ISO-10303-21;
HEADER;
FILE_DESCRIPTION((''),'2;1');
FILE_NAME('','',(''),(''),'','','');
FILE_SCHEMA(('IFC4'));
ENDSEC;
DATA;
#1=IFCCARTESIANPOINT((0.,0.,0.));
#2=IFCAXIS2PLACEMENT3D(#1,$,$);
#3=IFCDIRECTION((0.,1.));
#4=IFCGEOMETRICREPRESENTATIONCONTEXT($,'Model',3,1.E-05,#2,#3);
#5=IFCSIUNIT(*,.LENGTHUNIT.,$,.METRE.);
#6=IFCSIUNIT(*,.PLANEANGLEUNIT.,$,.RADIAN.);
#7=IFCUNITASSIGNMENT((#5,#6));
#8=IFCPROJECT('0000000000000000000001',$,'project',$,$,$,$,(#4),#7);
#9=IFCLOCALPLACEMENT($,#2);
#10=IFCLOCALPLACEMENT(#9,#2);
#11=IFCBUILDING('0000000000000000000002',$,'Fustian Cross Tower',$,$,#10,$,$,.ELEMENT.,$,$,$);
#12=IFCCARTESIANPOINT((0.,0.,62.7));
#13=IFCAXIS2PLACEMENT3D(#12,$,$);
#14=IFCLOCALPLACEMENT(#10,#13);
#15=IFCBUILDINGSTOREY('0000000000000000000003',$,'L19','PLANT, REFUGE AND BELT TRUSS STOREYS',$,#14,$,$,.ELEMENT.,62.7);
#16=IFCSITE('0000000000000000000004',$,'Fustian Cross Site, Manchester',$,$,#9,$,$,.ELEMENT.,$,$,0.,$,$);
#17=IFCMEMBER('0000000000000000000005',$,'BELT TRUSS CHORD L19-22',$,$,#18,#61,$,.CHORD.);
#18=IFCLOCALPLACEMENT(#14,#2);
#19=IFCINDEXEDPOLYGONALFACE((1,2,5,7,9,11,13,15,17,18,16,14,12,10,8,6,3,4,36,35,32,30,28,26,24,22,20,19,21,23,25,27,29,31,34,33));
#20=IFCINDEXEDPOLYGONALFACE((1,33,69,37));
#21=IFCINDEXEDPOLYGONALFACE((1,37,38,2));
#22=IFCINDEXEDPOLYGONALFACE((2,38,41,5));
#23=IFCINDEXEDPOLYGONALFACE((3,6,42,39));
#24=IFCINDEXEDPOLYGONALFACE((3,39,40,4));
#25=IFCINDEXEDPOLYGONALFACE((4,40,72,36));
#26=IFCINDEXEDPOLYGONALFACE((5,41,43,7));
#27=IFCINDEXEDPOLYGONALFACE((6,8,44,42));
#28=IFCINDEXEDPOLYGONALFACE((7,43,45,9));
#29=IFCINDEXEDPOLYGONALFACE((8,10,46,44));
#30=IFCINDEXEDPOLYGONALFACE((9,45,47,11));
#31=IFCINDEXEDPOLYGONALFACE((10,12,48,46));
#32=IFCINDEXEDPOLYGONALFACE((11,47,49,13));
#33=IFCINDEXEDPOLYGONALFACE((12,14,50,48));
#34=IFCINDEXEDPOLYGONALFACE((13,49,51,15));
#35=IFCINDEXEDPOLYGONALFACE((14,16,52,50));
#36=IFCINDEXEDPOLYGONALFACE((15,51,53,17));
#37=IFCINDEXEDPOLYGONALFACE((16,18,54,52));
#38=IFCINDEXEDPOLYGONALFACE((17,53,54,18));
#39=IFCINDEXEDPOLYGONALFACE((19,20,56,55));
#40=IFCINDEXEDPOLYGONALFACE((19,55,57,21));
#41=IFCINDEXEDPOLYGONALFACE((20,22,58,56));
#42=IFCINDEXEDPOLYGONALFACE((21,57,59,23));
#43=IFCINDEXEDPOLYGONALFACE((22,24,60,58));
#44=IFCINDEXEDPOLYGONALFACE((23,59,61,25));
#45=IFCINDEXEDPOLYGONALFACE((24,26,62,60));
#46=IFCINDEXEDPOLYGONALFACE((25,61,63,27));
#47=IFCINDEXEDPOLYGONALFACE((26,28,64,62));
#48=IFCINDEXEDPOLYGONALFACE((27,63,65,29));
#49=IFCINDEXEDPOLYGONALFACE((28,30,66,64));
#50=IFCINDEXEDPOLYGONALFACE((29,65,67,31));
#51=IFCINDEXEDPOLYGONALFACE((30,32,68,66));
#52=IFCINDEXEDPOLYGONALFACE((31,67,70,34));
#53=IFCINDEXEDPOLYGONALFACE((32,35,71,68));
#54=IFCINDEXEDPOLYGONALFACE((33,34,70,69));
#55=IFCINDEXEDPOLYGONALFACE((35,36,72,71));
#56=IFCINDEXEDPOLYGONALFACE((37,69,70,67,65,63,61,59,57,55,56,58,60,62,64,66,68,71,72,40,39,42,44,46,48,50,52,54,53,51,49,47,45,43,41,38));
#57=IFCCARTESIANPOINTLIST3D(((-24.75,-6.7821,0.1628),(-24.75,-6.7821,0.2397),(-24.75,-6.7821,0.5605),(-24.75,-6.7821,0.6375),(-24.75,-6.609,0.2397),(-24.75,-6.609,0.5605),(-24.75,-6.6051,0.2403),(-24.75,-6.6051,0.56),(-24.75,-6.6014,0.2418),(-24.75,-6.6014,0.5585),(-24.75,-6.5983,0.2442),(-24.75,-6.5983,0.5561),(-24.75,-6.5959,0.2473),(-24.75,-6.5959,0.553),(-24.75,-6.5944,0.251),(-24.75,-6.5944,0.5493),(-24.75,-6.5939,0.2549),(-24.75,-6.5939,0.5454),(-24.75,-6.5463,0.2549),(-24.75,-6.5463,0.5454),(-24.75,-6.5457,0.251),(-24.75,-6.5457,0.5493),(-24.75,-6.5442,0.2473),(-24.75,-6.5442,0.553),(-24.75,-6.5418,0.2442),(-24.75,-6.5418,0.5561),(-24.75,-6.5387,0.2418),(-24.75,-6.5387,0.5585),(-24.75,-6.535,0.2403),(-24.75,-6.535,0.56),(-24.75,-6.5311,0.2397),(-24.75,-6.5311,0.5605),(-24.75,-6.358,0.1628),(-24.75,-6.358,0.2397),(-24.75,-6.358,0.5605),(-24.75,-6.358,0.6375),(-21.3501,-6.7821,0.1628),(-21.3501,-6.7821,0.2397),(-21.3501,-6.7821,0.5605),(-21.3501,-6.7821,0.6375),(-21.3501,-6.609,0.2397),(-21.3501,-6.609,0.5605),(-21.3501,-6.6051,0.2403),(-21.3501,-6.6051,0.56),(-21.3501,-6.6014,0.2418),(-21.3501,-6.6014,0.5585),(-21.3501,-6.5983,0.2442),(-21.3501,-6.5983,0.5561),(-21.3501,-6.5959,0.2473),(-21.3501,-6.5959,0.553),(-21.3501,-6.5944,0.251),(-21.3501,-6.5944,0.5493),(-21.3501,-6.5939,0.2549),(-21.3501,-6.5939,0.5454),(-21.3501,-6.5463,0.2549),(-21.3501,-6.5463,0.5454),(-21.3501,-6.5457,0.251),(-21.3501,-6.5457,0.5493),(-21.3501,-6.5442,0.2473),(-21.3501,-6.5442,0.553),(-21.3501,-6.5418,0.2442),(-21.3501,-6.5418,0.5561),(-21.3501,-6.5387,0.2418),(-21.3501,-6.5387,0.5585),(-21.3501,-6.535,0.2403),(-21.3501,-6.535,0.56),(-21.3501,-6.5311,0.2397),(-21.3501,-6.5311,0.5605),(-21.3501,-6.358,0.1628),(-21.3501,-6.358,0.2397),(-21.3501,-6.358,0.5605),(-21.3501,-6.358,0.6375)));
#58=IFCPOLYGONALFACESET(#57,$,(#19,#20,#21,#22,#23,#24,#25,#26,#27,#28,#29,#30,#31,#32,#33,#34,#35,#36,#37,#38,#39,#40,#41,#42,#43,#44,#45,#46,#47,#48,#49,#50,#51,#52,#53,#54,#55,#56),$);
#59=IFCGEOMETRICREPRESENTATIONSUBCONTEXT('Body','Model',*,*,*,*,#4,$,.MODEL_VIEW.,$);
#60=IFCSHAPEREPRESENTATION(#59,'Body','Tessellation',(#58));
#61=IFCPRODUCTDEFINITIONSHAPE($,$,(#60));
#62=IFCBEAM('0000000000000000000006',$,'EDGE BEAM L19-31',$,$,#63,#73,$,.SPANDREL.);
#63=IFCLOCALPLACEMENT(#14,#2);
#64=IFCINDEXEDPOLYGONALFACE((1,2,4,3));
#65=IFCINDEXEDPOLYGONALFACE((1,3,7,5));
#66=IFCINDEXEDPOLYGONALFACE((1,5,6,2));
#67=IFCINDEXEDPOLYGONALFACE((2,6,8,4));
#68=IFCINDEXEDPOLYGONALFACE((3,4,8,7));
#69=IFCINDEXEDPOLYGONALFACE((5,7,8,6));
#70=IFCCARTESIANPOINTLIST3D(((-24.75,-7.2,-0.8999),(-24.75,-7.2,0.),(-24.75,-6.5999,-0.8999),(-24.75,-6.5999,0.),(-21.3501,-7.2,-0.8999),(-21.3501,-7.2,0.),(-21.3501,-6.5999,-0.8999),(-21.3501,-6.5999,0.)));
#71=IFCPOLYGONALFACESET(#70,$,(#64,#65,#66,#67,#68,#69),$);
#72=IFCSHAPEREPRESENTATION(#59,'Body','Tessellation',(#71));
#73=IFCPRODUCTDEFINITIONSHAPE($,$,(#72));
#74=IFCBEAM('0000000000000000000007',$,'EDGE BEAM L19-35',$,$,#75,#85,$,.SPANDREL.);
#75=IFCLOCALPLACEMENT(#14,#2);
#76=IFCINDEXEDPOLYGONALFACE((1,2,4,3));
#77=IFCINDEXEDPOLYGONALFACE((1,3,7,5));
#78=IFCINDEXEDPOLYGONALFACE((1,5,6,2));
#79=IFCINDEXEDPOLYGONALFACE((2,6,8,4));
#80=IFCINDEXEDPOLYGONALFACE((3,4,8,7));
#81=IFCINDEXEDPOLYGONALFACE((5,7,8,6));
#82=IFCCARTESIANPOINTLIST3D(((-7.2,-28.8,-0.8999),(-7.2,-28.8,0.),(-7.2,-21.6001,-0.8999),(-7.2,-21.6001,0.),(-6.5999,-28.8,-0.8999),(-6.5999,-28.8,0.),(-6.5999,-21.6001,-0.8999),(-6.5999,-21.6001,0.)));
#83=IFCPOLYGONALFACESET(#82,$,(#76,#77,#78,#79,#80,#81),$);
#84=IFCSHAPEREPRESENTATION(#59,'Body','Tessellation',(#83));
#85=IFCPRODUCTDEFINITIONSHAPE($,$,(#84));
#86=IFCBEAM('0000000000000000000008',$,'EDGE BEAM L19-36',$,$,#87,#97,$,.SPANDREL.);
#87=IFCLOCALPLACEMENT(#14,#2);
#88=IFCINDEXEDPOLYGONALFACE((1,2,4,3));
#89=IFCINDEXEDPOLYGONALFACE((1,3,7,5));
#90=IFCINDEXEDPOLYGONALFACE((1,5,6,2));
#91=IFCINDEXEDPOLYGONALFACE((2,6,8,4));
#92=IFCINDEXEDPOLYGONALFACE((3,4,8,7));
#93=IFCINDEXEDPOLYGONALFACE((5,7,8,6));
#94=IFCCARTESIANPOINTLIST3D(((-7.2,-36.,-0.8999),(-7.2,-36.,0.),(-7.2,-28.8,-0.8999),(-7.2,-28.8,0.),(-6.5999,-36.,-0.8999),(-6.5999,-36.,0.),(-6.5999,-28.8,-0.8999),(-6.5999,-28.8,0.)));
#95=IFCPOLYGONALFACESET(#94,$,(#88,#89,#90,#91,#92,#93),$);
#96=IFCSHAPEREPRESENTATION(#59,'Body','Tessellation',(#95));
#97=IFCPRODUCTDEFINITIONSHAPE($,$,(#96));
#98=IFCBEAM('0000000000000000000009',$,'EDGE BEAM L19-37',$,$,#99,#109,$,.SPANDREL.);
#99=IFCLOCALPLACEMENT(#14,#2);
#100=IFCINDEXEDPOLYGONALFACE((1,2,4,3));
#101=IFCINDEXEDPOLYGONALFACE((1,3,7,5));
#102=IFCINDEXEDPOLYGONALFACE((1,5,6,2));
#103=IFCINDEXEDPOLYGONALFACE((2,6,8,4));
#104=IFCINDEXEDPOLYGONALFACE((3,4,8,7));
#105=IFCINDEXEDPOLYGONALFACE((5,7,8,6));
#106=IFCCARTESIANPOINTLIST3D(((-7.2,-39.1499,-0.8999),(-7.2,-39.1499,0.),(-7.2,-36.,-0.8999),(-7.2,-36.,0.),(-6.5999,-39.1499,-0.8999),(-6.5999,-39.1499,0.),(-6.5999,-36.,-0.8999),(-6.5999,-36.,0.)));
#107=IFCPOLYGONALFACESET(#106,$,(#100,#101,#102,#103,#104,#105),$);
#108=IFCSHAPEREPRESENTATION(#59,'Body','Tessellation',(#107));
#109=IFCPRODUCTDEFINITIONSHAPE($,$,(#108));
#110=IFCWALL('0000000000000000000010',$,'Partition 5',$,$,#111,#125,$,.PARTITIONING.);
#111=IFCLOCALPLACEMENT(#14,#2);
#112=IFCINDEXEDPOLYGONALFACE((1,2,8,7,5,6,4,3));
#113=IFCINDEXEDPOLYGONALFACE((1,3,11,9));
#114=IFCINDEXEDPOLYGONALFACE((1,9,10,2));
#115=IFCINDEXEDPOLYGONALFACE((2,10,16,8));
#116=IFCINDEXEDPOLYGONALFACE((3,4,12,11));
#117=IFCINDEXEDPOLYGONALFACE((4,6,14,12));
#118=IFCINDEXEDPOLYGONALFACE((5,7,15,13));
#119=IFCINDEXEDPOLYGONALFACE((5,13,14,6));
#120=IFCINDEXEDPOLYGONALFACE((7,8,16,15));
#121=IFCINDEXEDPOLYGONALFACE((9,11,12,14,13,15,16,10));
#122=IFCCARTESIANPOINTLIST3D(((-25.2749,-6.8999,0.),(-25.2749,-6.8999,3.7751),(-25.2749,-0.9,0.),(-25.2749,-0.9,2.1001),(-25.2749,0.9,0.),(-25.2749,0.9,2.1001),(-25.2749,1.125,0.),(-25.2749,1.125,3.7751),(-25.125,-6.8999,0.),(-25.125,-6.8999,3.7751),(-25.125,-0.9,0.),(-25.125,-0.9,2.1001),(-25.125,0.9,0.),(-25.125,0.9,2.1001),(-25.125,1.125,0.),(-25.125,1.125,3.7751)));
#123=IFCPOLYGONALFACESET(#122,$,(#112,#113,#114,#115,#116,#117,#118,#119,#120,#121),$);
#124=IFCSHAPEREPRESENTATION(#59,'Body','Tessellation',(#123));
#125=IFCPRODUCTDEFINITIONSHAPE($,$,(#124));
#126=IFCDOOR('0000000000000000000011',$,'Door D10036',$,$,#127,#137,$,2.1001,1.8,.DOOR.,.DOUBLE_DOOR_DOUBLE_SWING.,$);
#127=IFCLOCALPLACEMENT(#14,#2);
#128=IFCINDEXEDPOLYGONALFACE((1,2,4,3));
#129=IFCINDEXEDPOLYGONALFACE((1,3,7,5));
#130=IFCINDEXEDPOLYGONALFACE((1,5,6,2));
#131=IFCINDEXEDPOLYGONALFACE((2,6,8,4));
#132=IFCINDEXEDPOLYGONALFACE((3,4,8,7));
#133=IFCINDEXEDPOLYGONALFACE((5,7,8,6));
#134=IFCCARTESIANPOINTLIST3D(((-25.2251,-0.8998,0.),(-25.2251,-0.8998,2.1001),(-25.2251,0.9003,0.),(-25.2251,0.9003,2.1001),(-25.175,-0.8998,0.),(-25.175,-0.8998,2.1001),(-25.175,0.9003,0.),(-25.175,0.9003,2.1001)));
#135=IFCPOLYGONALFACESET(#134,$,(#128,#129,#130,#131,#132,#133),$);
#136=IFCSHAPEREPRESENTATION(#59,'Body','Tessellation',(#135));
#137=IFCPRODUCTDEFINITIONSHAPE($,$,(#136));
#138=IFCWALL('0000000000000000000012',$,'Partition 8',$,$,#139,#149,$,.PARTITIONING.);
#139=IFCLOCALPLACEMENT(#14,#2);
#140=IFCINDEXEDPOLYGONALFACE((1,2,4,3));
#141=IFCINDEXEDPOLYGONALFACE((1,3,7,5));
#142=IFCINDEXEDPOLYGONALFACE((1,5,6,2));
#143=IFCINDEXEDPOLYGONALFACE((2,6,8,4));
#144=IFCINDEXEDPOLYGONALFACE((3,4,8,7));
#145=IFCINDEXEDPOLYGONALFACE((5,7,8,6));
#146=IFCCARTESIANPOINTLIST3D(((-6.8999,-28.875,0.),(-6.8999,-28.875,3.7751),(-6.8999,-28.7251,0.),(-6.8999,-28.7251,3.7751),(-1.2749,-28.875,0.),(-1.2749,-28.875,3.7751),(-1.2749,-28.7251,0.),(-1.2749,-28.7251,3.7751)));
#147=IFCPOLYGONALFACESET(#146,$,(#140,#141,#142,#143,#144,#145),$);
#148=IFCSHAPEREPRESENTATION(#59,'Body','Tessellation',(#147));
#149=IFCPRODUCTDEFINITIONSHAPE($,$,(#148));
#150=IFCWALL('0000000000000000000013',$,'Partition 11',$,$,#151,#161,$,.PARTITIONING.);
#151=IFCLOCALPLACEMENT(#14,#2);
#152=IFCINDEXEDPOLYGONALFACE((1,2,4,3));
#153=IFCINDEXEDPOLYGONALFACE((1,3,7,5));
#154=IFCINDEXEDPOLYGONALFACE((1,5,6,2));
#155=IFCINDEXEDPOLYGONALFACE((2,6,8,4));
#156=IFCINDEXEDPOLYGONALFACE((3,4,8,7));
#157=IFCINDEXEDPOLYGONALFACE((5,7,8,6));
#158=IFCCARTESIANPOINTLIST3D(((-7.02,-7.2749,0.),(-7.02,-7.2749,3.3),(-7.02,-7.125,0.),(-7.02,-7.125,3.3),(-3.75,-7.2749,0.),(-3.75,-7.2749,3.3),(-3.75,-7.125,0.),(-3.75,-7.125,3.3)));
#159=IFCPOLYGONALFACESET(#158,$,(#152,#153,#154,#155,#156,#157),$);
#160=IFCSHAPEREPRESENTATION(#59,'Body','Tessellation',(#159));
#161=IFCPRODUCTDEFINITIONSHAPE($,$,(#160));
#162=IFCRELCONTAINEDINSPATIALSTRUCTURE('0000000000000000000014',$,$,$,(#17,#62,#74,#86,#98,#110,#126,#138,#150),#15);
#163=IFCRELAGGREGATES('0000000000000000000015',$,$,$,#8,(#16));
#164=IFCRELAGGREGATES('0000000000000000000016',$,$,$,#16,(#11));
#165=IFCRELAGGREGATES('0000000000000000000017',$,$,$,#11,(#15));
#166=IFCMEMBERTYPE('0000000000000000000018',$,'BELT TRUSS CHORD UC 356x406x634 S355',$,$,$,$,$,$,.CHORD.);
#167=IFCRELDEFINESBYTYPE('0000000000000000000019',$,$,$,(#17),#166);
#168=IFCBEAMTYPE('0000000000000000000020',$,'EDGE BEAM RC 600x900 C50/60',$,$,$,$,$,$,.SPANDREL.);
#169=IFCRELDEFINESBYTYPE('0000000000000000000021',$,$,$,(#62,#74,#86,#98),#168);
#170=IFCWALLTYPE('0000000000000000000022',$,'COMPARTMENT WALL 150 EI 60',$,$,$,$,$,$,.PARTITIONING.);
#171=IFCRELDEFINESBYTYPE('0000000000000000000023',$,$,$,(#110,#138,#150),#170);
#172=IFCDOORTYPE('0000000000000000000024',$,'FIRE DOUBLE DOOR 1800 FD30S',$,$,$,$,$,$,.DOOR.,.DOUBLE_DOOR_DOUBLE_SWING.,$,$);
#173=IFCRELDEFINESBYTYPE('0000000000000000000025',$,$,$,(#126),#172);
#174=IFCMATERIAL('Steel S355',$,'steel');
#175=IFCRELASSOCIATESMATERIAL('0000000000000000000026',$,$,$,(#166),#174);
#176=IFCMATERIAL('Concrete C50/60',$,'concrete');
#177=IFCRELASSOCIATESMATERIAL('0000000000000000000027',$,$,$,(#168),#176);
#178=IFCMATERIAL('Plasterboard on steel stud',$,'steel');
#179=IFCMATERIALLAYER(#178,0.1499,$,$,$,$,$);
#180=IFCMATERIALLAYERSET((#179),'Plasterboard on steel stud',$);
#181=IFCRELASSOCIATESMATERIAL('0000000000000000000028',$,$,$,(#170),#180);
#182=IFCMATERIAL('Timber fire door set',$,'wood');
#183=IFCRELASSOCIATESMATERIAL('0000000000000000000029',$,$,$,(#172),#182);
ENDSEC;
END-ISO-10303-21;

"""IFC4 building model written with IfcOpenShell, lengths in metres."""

from ifc_helpers import new_model, si_unit, direction, frame, frame_2d, origin, origin_2d, place, context, subcontext, project, spatial, rectangle, i_section, extrude, material, layer, layer_set, material_profile, profile_set, type_object, element, fill, save


model = new_model("IFC4")

# Units and contexts
model_context = context("Model", 3, precision=1e-05, world=origin(), true_north=direction((0.0, 1.0)))
body_context = subcontext(model_context, "Body", "Model", "MODEL_VIEW")
ifc_project = project(units=[si_unit("LENGTHUNIT", "METRE"), si_unit("PLANEANGLEUNIT", "RADIAN")], contexts=[model_context])

# Site, building, storey
site_placement = place(None, origin())
site = spatial("IfcSite", under=ifc_project, at=site_placement, Name="Fustian Cross Site, Manchester", CompositionType="ELEMENT", RefElevation=0.0)
building_placement = place(site_placement, origin())
building = spatial("IfcBuilding", under=site, at=building_placement, Name="Fustian Cross Tower", CompositionType="ELEMENT")
storey_placement = place(building_placement, frame((0.0, 0.0, 62.7)))
storey = spatial("IfcBuildingStorey", under=building, at=storey_placement, Name="L19", Description="PLANT, REFUGE AND BELT TRUSS STOREYS", CompositionType="ELEMENT", Elevation=62.7)

# Member
ifc_material_1 = material(Name="Steel S355", Category="steel")
ifc_material_profile_1 = material_profile(ifc_material_1, i_section(OverallWidth=0.4241, OverallDepth=0.4746, WebThickness=0.0476, FlangeThickness=0.0769, FilletRadius=0.0151, at=origin_2d()), Name="UC 356x406x634")
ifc_profile_set_1 = profile_set([ifc_material_profile_1], Name="Steel S355")
member_type_1 = type_object("IfcMemberType", Name="BELT TRUSS CHORD UC 356x406x634 S355", PredefinedType="CHORD", material=ifc_profile_set_1)
for number, where, z_axis, x_axis, name in (
    (1, (-24.75, -6.5701, 0.4001), (1.0, 0.0, 0.0), (0.0, 1.0, 0.0), "BELT TRUSS CHORD L19-22"),
):
    element("IfcMember", number, at=place(storey_placement, frame(where, z_axis=z_axis, x_axis=x_axis)), inside=storey, type_object=member_type_1, Name=name, PredefinedType="CHORD", context=body_context, shape_type="SweptSolid", body=[
        extrude(i_section(OverallWidth=0.4241, OverallDepth=0.4746, WebThickness=0.0476, FlangeThickness=0.0769, FilletRadius=0.0151, at=origin_2d()), origin(), (0.0, 0.0, 1.0), 3.3999),
    ])

# Beams
ifc_material_2 = material(Name="Concrete C50/60", Category="concrete")
ifc_material_profile_2 = material_profile(ifc_material_2, rectangle(XDim=0.6001, YDim=0.8999, at=origin_2d()), Name="RC 600x900")
ifc_profile_set_2 = profile_set([ifc_material_profile_2], Name="Concrete C50/60")
beam_type = type_object("IfcBeamType", Name="EDGE BEAM RC 600x900 C50/60", PredefinedType="SPANDREL", material=ifc_profile_set_2)
beam_1_placement = place(storey_placement, frame((-24.75, -6.8999, -0.45), z_axis=(1.0, 0.0, 0.0), x_axis=(0.0, 1.0, 0.0)))
element("IfcBeam", 2, at=beam_1_placement, inside=storey, type_object=beam_type, Name="EDGE BEAM L19-31", PredefinedType="SPANDREL", context=body_context, shape_type="SweptSolid", body=[
    extrude(rectangle(XDim=0.6001, YDim=0.8999, at=origin_2d()), origin(), (0.0, 0.0, 1.0), 3.3999),
])
for number, where, z_axis, x_axis, name in (
    (3, (-6.8999, -21.6001, -0.45), (0.0, -1.0, 0.0), (1.0, 0.0, 0.0), "EDGE BEAM L19-35"),
    (4, (-6.8999, -28.8, -0.45), (0.0, -1.0, 0.0), (1.0, 0.0, 0.0), "EDGE BEAM L19-36"),
):
    element("IfcBeam", number, at=place(storey_placement, frame(where, z_axis=z_axis, x_axis=x_axis)), inside=storey, type_object=beam_type, Name=name, PredefinedType="SPANDREL", context=body_context, shape_type="SweptSolid", body=[
        extrude(rectangle(XDim=0.6001, YDim=0.8999, at=origin_2d()), origin(), (0.0, 0.0, 1.0), 7.2),
    ])
beam_2_placement = place(storey_placement, frame((-6.8999, -36.0, -0.45), z_axis=(0.0, -1.0, 0.0), x_axis=(1.0, 0.0, 0.0)))
element("IfcBeam", 5, at=beam_2_placement, inside=storey, type_object=beam_type, Name="EDGE BEAM L19-37", PredefinedType="SPANDREL", context=body_context, shape_type="SweptSolid", body=[
    extrude(rectangle(XDim=0.6001, YDim=0.8999, at=origin_2d()), origin(), (0.0, 0.0, 1.0), 3.1499),
])

# Wall, opening, door
ifc_material_3 = material(Name="Plasterboard on steel stud", Category="steel")
ifc_layer_1 = layer(ifc_material_3, 0.1499)
ifc_layer_set_1 = layer_set([ifc_layer_1], Name="Plasterboard on steel stud")
wall_type_1 = type_object("IfcWallType", Name="COMPARTMENT WALL 150 EI 60", PredefinedType="PARTITIONING", material=ifc_layer_set_1)
wall_1_placement = place(storey_placement, frame((-25.2, -6.8999, 0.0), z_axis=(0.0, 0.0, 1.0), x_axis=(0.0, 1.0, 0.0)))
wall_1 = element("IfcWall", 6, at=wall_1_placement, inside=storey, type_object=wall_type_1, Name="Partition 5", PredefinedType="PARTITIONING", context=body_context, shape_type="SweptSolid", body=[
    extrude(rectangle(XDim=8.0249, YDim=0.1499, at=frame_2d((4.0125, 0.0))), origin(), (0.0, 0.0, 1.0), 3.7751),
])
opening_1_placement = place(wall_1_placement, frame((6.0, 0.0, 0.0)))
opening_1 = element("IfcOpeningElement", 7, at=opening_1_placement, cuts=wall_1, PredefinedType="OPENING", context=body_context, shape_type="SweptSolid", body=[
    extrude(rectangle(XDim=1.8, YDim=2.1001, at=frame_2d((0.8999, 1.05))), frame((0.0, 0.085, 0.0), z_axis=(0.0, -1.0, 0.0), x_axis=(1.0, 0.0, 0.0)), (0.0, 0.0, 1.0), 0.1699),
])
ifc_material_4 = material(Name="Timber fire door set", Category="wood")
door_type_1 = type_object("IfcDoorType", Name="FIRE DOUBLE DOOR 1800 FD30S", OperationType="DOUBLE_DOOR_DOUBLE_SWING", PredefinedType="DOOR", material=ifc_material_4)
door_1_placement = place(opening_1_placement, frame((1.8, 0.0, 0.0), z_axis=(0.0, 0.0, 1.0), x_axis=(-1.0, 0.0, 0.0)))
door_1 = element("IfcDoor", 8, at=door_1_placement, inside=storey, type_object=door_type_1, Name="Door D10036", OperationType="DOUBLE_DOOR_DOUBLE_SWING", OverallHeight=2.1001, OverallWidth=1.8, PredefinedType="DOOR", context=body_context, shape_type="SweptSolid", body=[
    extrude(rectangle(XDim=1.8, YDim=2.1001, at=frame_2d((0.8999, 1.05))), frame((0.0, 0.0249, 0.0), z_axis=(0.0, -1.0, 0.0), x_axis=(1.0, 0.0, 0.0)), (0.0, 0.0, 1.0), 0.05),
])
fill(opening_1, door_1)

# Walls
wall_2_placement = place(storey_placement, frame((-6.8999, -28.8, 0.0), z_axis=(0.0, 0.0, 1.0), x_axis=(1.0, 0.0, 0.0)))
element("IfcWall", 9, at=wall_2_placement, inside=storey, type_object=wall_type_1, Name="Partition 8", PredefinedType="PARTITIONING", context=body_context, shape_type="SweptSolid", body=[
    extrude(rectangle(XDim=5.625, YDim=0.1499, at=frame_2d((2.8125, 0.0))), origin(), (0.0, 0.0, 1.0), 3.7751),
])
wall_3_placement = place(storey_placement, frame((-7.02, -7.2, 0.0), z_axis=(0.0, 0.0, 1.0), x_axis=(1.0, 0.0, 0.0)))
element("IfcWall", 10, at=wall_3_placement, inside=storey, type_object=wall_type_1, Name="Partition 11", PredefinedType="PARTITIONING", context=body_context, shape_type="SweptSolid", body=[
    extrude(rectangle(XDim=3.27, YDim=0.1499, at=frame_2d((1.635, 0.0))), origin(), (0.0, 0.0, 1.0), 3.3),
])

save(model, "model.ifc")
